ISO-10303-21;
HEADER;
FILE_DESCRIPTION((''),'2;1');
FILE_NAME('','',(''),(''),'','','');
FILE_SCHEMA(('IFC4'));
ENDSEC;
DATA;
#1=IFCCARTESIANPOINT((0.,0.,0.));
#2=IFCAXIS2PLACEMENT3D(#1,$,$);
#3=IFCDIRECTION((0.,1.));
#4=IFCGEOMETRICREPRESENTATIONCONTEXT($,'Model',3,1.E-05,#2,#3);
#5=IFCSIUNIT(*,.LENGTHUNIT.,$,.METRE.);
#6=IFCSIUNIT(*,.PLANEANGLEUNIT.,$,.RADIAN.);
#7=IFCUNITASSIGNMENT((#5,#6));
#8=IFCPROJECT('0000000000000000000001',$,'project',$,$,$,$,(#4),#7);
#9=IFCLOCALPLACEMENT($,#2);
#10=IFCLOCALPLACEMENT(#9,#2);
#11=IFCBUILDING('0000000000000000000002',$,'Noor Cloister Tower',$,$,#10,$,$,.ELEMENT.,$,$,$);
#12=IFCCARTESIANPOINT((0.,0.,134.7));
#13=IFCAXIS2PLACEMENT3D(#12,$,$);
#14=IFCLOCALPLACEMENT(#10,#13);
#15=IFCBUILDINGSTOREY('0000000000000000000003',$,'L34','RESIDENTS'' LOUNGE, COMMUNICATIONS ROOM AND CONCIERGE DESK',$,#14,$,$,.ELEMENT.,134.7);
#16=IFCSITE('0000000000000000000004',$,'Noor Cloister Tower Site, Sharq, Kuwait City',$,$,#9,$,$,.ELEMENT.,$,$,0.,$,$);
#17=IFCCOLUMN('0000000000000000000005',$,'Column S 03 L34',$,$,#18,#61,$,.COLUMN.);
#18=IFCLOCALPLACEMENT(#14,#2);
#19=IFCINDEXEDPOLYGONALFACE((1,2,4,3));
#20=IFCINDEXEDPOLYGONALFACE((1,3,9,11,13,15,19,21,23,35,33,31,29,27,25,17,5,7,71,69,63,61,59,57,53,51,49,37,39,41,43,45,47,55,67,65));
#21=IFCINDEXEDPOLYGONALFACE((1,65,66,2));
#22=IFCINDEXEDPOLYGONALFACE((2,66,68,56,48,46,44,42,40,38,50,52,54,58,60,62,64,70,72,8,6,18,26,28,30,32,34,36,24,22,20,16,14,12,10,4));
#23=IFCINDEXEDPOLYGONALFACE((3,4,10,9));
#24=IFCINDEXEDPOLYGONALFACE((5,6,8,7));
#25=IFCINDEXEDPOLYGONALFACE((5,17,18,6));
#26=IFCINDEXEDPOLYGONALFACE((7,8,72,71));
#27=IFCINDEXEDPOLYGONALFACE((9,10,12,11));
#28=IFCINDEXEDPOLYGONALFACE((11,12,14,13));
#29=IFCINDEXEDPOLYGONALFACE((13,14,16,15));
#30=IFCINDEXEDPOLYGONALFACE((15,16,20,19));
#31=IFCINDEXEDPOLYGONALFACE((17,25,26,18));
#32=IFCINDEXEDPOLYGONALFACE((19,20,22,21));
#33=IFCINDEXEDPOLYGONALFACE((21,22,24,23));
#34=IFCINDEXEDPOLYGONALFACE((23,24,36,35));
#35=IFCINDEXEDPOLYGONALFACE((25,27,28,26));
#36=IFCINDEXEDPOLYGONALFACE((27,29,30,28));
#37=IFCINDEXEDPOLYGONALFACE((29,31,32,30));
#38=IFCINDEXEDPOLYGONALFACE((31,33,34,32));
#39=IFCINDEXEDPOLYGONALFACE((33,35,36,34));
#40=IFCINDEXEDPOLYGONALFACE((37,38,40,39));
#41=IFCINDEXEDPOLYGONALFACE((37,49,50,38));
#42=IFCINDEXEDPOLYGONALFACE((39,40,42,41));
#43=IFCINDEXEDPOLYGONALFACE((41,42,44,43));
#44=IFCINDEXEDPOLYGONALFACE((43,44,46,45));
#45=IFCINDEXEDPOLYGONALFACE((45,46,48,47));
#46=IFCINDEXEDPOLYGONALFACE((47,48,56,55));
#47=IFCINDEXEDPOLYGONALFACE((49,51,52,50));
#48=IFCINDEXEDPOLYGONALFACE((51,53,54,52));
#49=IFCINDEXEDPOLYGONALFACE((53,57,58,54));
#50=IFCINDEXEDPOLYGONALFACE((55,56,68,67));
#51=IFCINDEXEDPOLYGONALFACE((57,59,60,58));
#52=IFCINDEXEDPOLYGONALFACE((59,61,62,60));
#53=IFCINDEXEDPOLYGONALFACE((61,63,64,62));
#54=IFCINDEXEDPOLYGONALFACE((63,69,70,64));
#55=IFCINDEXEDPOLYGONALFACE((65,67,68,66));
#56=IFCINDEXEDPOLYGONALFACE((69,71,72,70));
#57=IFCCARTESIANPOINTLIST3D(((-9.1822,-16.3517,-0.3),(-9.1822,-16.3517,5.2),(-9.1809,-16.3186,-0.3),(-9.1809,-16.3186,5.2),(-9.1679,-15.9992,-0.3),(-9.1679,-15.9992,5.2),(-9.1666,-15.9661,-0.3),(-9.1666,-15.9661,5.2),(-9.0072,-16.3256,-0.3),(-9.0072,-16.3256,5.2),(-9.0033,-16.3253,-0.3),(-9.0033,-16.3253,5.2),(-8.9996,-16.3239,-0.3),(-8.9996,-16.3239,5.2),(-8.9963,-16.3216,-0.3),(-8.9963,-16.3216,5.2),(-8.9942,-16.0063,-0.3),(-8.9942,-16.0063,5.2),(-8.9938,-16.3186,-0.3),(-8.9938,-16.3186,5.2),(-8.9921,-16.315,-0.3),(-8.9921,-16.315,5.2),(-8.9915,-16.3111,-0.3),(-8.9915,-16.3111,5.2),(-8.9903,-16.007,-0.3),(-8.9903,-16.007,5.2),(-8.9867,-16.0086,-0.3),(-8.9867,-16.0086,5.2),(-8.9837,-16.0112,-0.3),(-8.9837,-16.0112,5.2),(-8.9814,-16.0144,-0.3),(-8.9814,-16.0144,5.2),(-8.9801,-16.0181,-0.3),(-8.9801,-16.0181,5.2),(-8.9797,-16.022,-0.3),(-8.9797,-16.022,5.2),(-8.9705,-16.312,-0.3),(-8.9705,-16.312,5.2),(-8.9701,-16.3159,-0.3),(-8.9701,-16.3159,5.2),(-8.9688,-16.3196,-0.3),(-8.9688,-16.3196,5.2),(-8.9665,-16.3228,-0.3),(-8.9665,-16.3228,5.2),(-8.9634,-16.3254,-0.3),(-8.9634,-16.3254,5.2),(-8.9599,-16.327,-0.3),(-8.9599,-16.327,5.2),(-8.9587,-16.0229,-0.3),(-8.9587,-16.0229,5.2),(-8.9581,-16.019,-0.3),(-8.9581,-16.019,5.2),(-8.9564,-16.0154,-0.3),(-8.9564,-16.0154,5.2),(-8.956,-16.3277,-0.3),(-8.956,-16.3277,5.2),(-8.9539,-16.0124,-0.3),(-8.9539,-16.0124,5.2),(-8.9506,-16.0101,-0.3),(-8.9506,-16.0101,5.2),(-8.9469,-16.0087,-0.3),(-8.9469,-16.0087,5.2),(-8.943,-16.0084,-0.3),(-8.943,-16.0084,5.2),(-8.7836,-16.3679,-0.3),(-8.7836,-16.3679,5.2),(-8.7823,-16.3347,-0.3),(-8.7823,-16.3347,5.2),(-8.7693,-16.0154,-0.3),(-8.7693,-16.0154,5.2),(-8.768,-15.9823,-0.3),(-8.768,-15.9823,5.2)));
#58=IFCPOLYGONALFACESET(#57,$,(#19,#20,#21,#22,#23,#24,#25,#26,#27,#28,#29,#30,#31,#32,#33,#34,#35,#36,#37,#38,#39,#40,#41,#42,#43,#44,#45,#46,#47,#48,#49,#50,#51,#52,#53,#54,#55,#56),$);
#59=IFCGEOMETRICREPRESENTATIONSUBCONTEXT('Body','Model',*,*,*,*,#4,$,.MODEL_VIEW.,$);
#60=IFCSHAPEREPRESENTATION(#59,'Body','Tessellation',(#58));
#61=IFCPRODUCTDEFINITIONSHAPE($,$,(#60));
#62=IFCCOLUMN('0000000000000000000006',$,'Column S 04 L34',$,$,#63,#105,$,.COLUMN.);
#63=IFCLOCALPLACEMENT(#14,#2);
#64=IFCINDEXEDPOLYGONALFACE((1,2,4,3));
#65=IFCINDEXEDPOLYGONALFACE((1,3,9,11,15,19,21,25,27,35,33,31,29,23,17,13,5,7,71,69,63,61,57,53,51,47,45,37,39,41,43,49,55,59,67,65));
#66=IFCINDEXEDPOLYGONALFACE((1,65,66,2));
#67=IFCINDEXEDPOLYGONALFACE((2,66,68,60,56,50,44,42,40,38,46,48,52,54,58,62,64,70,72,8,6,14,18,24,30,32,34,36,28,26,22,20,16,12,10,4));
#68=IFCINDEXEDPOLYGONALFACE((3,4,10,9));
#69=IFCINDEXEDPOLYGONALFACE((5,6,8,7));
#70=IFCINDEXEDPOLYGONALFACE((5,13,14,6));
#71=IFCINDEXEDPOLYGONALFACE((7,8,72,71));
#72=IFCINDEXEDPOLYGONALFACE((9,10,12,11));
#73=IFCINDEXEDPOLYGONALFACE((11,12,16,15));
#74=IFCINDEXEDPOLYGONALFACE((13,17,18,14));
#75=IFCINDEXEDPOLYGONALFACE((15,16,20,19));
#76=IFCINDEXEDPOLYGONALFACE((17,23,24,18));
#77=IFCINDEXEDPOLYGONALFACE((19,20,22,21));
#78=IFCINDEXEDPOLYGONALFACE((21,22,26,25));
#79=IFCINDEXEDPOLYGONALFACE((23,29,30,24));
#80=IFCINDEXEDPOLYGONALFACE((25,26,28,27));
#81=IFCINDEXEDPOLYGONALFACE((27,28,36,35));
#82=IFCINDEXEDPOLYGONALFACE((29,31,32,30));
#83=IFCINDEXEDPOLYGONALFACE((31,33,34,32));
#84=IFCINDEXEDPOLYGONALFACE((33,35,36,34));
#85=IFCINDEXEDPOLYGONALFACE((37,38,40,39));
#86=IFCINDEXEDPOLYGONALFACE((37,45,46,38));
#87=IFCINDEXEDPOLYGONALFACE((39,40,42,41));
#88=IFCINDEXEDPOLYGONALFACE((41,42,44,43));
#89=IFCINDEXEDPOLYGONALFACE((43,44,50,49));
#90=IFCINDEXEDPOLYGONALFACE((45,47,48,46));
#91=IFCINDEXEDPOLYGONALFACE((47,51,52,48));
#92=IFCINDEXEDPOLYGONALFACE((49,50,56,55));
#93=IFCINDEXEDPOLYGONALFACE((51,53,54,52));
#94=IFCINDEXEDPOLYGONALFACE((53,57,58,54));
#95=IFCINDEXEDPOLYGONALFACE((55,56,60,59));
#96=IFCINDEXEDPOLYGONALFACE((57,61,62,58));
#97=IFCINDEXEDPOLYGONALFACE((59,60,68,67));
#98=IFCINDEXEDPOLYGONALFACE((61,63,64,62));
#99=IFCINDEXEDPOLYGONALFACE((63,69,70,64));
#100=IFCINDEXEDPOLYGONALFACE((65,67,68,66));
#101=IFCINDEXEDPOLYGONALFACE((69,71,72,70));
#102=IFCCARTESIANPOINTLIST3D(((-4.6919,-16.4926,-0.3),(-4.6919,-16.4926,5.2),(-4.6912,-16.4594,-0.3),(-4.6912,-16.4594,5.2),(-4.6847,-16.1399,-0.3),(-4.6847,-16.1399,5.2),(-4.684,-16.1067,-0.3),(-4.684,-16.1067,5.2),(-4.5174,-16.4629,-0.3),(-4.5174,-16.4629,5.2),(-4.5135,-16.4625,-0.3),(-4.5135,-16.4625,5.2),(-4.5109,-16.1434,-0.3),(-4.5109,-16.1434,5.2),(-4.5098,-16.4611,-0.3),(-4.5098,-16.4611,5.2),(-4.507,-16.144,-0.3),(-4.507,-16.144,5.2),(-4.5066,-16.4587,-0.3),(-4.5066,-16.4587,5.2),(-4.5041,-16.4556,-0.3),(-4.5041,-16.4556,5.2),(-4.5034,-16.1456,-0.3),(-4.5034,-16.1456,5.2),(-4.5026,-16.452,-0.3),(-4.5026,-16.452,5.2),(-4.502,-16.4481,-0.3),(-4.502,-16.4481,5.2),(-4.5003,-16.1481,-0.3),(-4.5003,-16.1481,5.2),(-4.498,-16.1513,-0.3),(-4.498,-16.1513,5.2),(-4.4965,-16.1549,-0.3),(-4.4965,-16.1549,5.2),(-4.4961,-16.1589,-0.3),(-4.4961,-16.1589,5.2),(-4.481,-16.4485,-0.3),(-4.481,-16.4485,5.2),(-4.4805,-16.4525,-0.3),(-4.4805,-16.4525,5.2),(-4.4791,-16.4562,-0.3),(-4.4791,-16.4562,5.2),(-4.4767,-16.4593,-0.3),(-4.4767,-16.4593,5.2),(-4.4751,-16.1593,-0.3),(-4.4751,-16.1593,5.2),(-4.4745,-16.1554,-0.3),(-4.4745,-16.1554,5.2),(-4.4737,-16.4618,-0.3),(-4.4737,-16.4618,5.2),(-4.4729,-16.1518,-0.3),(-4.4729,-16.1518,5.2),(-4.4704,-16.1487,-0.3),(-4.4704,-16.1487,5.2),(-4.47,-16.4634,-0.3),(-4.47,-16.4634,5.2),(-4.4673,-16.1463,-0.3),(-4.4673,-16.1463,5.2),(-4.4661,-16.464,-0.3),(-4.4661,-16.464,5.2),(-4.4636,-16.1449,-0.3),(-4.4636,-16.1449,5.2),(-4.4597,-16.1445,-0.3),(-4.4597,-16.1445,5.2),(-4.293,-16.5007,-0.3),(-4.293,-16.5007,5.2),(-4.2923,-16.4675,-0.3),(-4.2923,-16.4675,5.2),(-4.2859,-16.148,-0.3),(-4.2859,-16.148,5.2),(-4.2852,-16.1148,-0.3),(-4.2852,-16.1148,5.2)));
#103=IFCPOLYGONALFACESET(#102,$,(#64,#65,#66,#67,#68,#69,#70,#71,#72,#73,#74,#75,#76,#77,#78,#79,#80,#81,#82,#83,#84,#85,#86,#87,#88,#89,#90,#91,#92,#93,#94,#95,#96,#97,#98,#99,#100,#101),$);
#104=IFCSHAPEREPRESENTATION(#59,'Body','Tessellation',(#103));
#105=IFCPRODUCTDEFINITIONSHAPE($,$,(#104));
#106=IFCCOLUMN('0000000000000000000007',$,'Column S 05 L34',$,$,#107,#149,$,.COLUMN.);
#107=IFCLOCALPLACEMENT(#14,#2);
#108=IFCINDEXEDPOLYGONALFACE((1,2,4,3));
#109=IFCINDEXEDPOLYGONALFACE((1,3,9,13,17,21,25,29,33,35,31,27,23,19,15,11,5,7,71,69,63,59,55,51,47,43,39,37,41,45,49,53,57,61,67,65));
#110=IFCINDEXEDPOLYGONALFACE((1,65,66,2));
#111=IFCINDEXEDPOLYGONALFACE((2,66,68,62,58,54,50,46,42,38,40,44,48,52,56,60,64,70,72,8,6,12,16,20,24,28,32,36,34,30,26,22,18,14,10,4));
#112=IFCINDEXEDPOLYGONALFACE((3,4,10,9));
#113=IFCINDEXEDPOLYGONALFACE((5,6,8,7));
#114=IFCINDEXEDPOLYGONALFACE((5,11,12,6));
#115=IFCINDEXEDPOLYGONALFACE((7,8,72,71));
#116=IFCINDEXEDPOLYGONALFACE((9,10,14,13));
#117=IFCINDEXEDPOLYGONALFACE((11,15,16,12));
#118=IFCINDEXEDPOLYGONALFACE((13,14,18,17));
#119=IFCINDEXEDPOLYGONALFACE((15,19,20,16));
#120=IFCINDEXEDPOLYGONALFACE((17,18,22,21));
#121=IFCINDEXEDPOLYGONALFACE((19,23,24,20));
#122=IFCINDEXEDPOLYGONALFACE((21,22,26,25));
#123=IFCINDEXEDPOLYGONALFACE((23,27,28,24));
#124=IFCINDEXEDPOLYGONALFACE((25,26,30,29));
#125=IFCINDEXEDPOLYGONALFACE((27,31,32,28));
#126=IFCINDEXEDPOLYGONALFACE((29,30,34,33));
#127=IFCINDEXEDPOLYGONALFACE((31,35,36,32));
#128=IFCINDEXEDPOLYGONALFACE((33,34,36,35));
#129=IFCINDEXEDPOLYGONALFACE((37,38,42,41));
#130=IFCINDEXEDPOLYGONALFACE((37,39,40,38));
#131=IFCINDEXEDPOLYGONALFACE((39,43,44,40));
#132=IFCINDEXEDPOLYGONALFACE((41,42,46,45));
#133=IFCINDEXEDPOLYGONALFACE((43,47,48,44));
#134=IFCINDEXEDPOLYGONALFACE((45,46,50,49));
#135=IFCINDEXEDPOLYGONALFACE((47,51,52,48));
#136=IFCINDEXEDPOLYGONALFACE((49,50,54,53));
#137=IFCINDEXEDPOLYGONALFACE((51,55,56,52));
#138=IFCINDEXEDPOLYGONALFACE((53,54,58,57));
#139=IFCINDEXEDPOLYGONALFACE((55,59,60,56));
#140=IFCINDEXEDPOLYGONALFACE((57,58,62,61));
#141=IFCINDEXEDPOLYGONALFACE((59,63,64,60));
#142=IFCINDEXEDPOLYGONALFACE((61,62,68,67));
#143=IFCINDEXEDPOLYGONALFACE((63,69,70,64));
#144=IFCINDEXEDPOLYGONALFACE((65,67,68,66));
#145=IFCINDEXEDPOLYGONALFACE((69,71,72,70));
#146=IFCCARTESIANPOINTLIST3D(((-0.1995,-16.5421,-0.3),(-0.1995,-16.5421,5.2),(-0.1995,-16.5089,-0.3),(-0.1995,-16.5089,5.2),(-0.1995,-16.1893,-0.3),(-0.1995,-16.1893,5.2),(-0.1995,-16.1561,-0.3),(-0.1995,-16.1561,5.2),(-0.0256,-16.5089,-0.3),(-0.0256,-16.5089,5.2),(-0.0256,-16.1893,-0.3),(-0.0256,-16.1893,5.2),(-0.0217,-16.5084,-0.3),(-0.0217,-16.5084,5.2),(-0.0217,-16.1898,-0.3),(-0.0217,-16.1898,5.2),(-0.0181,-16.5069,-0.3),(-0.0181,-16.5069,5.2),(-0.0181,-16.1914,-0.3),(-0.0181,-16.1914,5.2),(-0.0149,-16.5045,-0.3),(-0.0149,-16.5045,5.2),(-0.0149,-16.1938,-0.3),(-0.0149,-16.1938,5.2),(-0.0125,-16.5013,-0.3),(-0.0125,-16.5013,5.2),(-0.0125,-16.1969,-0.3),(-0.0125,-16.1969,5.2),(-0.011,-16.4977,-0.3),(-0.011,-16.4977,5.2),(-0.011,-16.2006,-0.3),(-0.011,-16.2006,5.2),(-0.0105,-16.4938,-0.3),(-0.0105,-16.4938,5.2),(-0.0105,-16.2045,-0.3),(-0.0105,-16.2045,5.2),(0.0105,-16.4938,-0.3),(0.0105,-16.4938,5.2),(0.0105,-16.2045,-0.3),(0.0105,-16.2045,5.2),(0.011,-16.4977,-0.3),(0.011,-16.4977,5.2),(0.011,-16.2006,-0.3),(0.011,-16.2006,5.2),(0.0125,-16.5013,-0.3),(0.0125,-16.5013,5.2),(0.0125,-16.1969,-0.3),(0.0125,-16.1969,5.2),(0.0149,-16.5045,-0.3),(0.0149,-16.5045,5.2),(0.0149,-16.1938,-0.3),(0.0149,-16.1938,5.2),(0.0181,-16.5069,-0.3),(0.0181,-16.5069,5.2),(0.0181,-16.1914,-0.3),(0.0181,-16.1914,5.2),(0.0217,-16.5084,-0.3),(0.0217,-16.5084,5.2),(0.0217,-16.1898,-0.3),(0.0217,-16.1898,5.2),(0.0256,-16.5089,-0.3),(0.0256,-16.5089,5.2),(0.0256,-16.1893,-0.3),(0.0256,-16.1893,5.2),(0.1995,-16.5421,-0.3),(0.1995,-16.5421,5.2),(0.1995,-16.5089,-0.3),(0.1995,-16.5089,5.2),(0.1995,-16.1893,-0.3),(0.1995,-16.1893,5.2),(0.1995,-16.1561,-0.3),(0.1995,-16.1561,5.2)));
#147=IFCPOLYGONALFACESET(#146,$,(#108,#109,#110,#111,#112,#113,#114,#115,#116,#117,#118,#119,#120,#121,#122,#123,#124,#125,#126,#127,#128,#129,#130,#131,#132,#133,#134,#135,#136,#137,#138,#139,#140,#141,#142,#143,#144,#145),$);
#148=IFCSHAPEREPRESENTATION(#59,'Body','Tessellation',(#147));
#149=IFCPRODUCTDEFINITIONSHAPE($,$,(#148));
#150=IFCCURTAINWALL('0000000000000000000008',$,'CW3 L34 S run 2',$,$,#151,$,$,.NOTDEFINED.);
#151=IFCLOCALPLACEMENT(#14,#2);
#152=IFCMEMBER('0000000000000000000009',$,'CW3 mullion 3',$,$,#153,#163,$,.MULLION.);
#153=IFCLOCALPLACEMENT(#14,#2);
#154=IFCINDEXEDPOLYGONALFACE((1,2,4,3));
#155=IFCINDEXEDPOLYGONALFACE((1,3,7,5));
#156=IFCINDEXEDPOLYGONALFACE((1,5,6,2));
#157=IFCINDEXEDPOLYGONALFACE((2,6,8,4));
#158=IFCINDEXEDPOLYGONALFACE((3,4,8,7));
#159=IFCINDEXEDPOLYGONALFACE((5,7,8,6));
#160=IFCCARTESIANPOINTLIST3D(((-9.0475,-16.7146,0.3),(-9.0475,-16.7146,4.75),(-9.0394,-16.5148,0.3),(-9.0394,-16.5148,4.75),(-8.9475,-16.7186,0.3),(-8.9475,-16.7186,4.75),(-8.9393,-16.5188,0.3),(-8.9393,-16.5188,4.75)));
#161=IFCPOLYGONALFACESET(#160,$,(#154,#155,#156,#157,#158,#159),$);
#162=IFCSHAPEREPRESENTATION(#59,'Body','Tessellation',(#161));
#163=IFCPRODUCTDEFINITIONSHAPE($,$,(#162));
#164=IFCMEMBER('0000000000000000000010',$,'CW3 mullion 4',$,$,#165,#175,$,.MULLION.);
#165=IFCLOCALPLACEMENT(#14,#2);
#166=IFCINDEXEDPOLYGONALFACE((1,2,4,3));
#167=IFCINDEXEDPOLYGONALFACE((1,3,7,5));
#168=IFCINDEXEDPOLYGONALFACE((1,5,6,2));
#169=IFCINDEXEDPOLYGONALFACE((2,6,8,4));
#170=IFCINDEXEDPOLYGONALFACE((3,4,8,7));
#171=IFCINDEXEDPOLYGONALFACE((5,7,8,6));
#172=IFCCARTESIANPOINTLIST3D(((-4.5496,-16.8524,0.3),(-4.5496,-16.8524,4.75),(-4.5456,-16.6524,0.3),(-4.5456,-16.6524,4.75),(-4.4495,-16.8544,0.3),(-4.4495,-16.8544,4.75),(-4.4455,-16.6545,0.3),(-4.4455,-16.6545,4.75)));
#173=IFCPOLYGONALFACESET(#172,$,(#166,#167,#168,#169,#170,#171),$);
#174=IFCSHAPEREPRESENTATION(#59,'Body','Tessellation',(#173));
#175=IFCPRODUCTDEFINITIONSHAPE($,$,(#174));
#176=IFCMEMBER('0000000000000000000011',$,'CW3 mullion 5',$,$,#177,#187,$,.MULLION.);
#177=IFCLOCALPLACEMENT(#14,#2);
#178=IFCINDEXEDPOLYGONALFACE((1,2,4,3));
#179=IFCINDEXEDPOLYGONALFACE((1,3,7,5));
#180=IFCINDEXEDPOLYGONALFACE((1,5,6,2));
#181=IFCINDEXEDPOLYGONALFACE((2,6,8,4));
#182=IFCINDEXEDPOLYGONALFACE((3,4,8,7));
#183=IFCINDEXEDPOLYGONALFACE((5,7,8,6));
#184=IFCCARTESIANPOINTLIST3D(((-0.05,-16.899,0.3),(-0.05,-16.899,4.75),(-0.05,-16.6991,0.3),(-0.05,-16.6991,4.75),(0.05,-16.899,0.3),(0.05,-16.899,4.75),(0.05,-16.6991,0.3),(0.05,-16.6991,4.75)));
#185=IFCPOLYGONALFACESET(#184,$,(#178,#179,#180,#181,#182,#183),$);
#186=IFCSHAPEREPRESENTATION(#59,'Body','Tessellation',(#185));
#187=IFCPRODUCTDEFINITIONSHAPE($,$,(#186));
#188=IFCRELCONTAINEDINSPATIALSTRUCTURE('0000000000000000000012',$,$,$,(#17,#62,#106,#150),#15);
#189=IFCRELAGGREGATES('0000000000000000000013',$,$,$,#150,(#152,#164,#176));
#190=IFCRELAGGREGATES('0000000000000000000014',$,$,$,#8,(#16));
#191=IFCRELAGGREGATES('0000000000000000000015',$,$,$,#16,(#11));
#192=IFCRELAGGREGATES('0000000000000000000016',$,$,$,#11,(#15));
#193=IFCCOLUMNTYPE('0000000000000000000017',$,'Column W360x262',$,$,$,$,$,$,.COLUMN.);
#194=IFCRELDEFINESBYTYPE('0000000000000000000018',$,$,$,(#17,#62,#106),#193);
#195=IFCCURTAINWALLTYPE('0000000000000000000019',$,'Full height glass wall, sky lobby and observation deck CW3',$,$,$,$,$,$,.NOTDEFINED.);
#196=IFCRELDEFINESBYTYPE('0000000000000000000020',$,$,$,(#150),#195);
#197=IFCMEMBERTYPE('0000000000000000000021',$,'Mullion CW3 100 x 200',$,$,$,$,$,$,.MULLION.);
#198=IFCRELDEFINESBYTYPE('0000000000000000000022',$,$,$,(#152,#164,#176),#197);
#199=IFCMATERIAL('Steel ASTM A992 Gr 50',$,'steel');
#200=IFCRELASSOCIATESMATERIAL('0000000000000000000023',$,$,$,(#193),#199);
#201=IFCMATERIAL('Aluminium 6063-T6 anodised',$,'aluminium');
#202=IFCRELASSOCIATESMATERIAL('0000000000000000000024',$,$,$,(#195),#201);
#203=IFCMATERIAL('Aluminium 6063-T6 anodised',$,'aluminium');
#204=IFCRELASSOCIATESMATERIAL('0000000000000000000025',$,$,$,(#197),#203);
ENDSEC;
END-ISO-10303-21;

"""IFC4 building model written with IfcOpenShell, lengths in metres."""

from ifc_helpers import new_model, si_unit, direction, frame, origin, origin_2d, place, context, subcontext, project, spatial, rectangle, i_section, extrude, material, material_profile, profile_set, type_object, element, aggregate, save


model = new_model("IFC4")

# Units and contexts
model_context = context("Model", 3, precision=1e-05, world=origin(), true_north=direction((0.0, 1.0)))
body_context = subcontext(model_context, "Body", "Model", "MODEL_VIEW")
ifc_project = project(units=[si_unit("LENGTHUNIT", "METRE"), si_unit("PLANEANGLEUNIT", "RADIAN")], contexts=[model_context])

# Site, building, storey
site_placement = place(None, origin())
site = spatial("IfcSite", under=ifc_project, at=site_placement, Name="Noor Cloister Tower Site, Sharq, Kuwait City", CompositionType="ELEMENT", RefElevation=0.0)
building_placement = place(site_placement, origin())
building = spatial("IfcBuilding", under=site, at=building_placement, Name="Noor Cloister Tower", CompositionType="ELEMENT")
storey_placement = place(building_placement, frame((0.0, 0.0, 134.7)))
storey = spatial("IfcBuildingStorey", under=building, at=storey_placement, Name="L34", Description="RESIDENTS' LOUNGE, COMMUNICATIONS ROOM AND CONCIERGE DESK", CompositionType="ELEMENT", Elevation=134.7)

# Columns
ifc_material_1 = material(Name="Steel ASTM A992 Gr 50", Category="steel")
ifc_material_profile_1 = material_profile(ifc_material_1, i_section(OverallWidth=0.3989, OverallDepth=0.386, WebThickness=0.021, FlangeThickness=0.0332, FilletRadius=0.0151, at=origin_2d()), Name="W360x262")
ifc_profile_set_1 = profile_set([ifc_material_profile_1], Name="Steel ASTM A992 Gr 50")
column_type = type_object("IfcColumnType", Name="Column W360x262", PredefinedType="COLUMN", material=ifc_profile_set_1)
for number, where, z_axis, x_axis, name in (
    (1, (-8.9751, -16.167, -0.3), (0.0, 0.0, 1.0), (0.999176, -0.040578, 0.0), "Column S 03 L34"),
    (2, (-4.4885, -16.3037, -0.3), (0.0, 0.0, 1.0), (0.999794, -0.020293, 0.0), "Column S 04 L34"),
    (3, (0.0, -16.3491, -0.3), (0.0, 0.0, 1.0), (1.0, 0.0, 0.0), "Column S 05 L34"),
):
    element("IfcColumn", number, at=place(storey_placement, frame(where, z_axis=z_axis, x_axis=x_axis)), inside=storey, type_object=column_type, Name=name, PredefinedType="COLUMN", context=body_context, shape_type="SweptSolid", body=[
        extrude(i_section(OverallWidth=0.3989, OverallDepth=0.386, WebThickness=0.021, FlangeThickness=0.0332, FilletRadius=0.0151, at=origin_2d()), origin(), (0.0, 0.0, 1.0), 5.5),
    ])

# Curtain wall, members
ifc_material_2 = material(Name="Aluminium 6063-T6 anodised", Category="aluminium")
curtain_wall_type = type_object("IfcCurtainWallType", Name="Full height glass wall, sky lobby and observation deck CW3", PredefinedType="NOTDEFINED", material=ifc_material_2)
curtain_wall_placement = place(storey_placement, origin())
curtain_wall = element("IfcCurtainWall", 4, at=curtain_wall_placement, inside=storey, type_object=curtain_wall_type, Name="CW3 L34 S run 2", PredefinedType="NOTDEFINED")
ifc_material_3 = material(Name="Aluminium 6063-T6 anodised", Category="aluminium")
ifc_material_profile_2 = material_profile(ifc_material_3, rectangle(XDim=0.2, YDim=0.1001, at=origin_2d()), Name="200 x 100 mullion")
ifc_profile_set_2 = profile_set([ifc_material_profile_2], Name="Aluminium 6063-T6 anodised")
member_type = type_object("IfcMemberType", Name="Mullion CW3 100 x 200", PredefinedType="MULLION", material=ifc_profile_set_2)
member_1_placement = place(storey_placement, frame((-8.9934, -16.6167, 0.3), z_axis=(0.0, 0.0, 1.0), x_axis=(0.040578, 0.999176, 0.0)))
member_1 = element("IfcMember", 5, at=member_1_placement, type_object=member_type, Name="CW3 mullion 3", PredefinedType="MULLION", context=body_context, shape_type="SweptSolid", body=[
    extrude(rectangle(XDim=0.2, YDim=0.1001, at=origin_2d()), origin(), (0.0, 0.0, 1.0), 4.45),
])
member_2_placement = place(storey_placement, frame((-4.4976, -16.7534, 0.3), z_axis=(0.0, 0.0, 1.0), x_axis=(0.020293, 0.999794, 0.0)))
member_2 = element("IfcMember", 6, at=member_2_placement, type_object=member_type, Name="CW3 mullion 4", PredefinedType="MULLION", context=body_context, shape_type="SweptSolid", body=[
    extrude(rectangle(XDim=0.2, YDim=0.1001, at=origin_2d()), origin(), (0.0, 0.0, 1.0), 4.45),
])
member_3_placement = place(storey_placement, frame((0.0, -16.7991, 0.3), z_axis=(0.0, 0.0, 1.0), x_axis=(0.0, 1.0, 0.0)))
member_3 = element("IfcMember", 7, at=member_3_placement, type_object=member_type, Name="CW3 mullion 5", PredefinedType="MULLION", context=body_context, shape_type="SweptSolid", body=[
    extrude(rectangle(XDim=0.2, YDim=0.1001, at=origin_2d()), origin(), (0.0, 0.0, 1.0), 4.45),
])

aggregate(curtain_wall, [member_1, member_2, member_3])

save(model, "model.ifc")
